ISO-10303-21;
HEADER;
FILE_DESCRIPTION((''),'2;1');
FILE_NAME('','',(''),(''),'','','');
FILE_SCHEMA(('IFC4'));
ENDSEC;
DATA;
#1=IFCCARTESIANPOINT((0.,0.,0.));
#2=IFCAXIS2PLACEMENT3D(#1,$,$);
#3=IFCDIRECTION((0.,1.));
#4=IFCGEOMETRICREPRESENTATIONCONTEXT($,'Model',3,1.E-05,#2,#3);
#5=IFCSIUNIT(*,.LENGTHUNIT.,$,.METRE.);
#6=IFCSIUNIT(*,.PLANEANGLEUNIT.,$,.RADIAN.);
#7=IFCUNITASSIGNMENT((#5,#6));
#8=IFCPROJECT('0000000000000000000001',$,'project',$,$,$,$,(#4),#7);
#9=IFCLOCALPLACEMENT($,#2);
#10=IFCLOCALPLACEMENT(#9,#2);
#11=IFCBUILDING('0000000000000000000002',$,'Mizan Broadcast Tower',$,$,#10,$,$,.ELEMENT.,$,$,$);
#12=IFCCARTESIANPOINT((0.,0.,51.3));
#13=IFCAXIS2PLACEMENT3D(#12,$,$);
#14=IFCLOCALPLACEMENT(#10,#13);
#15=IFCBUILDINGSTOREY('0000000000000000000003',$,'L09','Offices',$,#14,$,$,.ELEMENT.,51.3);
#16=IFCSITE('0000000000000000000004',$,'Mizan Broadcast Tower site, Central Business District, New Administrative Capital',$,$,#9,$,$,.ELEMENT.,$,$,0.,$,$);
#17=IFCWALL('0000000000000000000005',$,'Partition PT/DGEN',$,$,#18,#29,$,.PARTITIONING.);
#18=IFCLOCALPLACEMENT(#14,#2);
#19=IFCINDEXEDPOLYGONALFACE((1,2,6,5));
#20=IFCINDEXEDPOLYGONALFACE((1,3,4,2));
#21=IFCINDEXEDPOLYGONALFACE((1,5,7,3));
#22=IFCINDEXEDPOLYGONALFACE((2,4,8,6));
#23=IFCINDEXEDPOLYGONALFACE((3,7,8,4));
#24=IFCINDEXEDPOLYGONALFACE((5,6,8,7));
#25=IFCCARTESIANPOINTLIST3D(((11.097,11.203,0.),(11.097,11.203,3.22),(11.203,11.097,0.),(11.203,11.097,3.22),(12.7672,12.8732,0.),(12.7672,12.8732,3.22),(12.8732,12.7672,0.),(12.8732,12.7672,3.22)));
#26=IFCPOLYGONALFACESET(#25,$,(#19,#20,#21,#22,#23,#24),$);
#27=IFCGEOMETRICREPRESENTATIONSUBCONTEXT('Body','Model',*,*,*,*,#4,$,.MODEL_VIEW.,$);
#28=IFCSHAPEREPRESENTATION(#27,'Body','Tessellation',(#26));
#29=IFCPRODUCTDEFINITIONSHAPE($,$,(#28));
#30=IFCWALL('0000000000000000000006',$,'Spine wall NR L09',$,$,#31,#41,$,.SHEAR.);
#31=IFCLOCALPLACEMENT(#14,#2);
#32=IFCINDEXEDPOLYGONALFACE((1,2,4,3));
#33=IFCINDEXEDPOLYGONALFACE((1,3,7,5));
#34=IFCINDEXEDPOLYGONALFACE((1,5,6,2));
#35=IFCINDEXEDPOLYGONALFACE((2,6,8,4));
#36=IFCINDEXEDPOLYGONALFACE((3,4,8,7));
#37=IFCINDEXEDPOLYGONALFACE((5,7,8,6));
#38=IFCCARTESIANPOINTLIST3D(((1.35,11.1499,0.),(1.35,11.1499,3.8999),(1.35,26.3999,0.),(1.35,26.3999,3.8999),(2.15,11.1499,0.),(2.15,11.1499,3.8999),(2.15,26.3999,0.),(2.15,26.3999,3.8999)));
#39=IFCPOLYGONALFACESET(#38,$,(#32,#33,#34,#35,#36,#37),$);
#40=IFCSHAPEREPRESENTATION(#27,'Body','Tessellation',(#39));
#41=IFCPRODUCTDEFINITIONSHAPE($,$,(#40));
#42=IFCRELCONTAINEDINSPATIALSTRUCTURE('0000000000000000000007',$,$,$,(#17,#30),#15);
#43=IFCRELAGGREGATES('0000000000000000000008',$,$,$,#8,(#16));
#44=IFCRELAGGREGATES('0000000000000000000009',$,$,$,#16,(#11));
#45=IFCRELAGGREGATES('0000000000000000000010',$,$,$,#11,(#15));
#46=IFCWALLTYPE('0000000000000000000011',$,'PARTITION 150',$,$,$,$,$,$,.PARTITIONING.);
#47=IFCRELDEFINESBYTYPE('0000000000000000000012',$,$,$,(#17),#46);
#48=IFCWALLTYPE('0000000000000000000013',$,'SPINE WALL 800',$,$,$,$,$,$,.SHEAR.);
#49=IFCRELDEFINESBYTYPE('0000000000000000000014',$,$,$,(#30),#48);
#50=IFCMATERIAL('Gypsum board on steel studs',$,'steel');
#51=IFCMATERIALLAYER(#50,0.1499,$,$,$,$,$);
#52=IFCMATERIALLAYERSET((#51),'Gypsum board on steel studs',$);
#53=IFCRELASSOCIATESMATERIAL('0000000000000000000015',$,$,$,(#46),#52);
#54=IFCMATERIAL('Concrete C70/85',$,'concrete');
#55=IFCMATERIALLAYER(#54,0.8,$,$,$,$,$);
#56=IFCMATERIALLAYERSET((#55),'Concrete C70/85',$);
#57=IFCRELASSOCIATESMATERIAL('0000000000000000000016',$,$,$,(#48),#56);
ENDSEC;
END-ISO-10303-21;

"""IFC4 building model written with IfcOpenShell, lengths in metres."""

from ifc_helpers import new_model, si_unit, direction, frame, frame_2d, origin, place, context, subcontext, project, spatial, rectangle, extrude, material, layer, layer_set, type_object, element, save


model = new_model("IFC4")

# Units and contexts
model_context = context("Model", 3, precision=1e-05, world=origin(), true_north=direction((0.0, 1.0)))
body_context = subcontext(model_context, "Body", "Model", "MODEL_VIEW")
ifc_project = project(units=[si_unit("LENGTHUNIT", "METRE"), si_unit("PLANEANGLEUNIT", "RADIAN")], contexts=[model_context])

# Site, building, storey
site_placement = place(None, origin())
site = spatial("IfcSite", under=ifc_project, at=site_placement, Name="Mizan Broadcast Tower site, Central Business District, New Administrative Capital", CompositionType="ELEMENT", RefElevation=0.0)
building_placement = place(site_placement, origin())
building = spatial("IfcBuilding", under=site, at=building_placement, Name="Mizan Broadcast Tower", CompositionType="ELEMENT")
storey_placement = place(building_placement, frame((0.0, 0.0, 51.3)))
storey = spatial("IfcBuildingStorey", under=building, at=storey_placement, Name="L09", Description="Offices", CompositionType="ELEMENT", Elevation=51.3)

# Walls
ifc_material_1 = material(Name="Gypsum board on steel studs", Category="steel")
ifc_layer_1 = layer(ifc_material_1, 0.1499)
ifc_layer_set_1 = layer_set([ifc_layer_1], Name="Gypsum board on steel studs")
wall_type_1 = type_object("IfcWallType", Name="PARTITION 150", PredefinedType="PARTITIONING", material=ifc_layer_set_1)
wall_1_placement = place(storey_placement, frame((11.1499, 11.1499, 0.0), z_axis=(0.0, 0.0, 1.0), x_axis=(0.707107, 0.707107, 0.0)))
element("IfcWall", 1, at=wall_1_placement, inside=storey, type_object=wall_type_1, Name="Partition PT/DGEN", PredefinedType="PARTITIONING", context=body_context, shape_type="SweptSolid", body=[
    extrude(rectangle(XDim=2.3621, YDim=0.1499, at=frame_2d((1.1812, 0.0))), origin(), (0.0, 0.0, 1.0), 3.22),
])
ifc_material_2 = material(Name="Concrete C70/85", Category="concrete")
ifc_layer_2 = layer(ifc_material_2, 0.8)
ifc_layer_set_2 = layer_set([ifc_layer_2], Name="Concrete C70/85")
wall_type_2 = type_object("IfcWallType", Name="SPINE WALL 800", PredefinedType="SHEAR", material=ifc_layer_set_2)
wall_2_placement = place(storey_placement, frame((1.75, 11.1499, 0.0), z_axis=(0.0, 0.0, 1.0), x_axis=(0.0, 1.0, 0.0)))
element("IfcWall", 2, at=wall_2_placement, inside=storey, type_object=wall_type_2, Name="Spine wall NR L09", PredefinedType="SHEAR", context=body_context, shape_type="SweptSolid", body=[
    extrude(rectangle(XDim=15.25, YDim=0.8, at=frame_2d((7.625, 0.0))), origin(), (0.0, 0.0, 1.0), 3.8999),
])

save(model, "model.ifc")
